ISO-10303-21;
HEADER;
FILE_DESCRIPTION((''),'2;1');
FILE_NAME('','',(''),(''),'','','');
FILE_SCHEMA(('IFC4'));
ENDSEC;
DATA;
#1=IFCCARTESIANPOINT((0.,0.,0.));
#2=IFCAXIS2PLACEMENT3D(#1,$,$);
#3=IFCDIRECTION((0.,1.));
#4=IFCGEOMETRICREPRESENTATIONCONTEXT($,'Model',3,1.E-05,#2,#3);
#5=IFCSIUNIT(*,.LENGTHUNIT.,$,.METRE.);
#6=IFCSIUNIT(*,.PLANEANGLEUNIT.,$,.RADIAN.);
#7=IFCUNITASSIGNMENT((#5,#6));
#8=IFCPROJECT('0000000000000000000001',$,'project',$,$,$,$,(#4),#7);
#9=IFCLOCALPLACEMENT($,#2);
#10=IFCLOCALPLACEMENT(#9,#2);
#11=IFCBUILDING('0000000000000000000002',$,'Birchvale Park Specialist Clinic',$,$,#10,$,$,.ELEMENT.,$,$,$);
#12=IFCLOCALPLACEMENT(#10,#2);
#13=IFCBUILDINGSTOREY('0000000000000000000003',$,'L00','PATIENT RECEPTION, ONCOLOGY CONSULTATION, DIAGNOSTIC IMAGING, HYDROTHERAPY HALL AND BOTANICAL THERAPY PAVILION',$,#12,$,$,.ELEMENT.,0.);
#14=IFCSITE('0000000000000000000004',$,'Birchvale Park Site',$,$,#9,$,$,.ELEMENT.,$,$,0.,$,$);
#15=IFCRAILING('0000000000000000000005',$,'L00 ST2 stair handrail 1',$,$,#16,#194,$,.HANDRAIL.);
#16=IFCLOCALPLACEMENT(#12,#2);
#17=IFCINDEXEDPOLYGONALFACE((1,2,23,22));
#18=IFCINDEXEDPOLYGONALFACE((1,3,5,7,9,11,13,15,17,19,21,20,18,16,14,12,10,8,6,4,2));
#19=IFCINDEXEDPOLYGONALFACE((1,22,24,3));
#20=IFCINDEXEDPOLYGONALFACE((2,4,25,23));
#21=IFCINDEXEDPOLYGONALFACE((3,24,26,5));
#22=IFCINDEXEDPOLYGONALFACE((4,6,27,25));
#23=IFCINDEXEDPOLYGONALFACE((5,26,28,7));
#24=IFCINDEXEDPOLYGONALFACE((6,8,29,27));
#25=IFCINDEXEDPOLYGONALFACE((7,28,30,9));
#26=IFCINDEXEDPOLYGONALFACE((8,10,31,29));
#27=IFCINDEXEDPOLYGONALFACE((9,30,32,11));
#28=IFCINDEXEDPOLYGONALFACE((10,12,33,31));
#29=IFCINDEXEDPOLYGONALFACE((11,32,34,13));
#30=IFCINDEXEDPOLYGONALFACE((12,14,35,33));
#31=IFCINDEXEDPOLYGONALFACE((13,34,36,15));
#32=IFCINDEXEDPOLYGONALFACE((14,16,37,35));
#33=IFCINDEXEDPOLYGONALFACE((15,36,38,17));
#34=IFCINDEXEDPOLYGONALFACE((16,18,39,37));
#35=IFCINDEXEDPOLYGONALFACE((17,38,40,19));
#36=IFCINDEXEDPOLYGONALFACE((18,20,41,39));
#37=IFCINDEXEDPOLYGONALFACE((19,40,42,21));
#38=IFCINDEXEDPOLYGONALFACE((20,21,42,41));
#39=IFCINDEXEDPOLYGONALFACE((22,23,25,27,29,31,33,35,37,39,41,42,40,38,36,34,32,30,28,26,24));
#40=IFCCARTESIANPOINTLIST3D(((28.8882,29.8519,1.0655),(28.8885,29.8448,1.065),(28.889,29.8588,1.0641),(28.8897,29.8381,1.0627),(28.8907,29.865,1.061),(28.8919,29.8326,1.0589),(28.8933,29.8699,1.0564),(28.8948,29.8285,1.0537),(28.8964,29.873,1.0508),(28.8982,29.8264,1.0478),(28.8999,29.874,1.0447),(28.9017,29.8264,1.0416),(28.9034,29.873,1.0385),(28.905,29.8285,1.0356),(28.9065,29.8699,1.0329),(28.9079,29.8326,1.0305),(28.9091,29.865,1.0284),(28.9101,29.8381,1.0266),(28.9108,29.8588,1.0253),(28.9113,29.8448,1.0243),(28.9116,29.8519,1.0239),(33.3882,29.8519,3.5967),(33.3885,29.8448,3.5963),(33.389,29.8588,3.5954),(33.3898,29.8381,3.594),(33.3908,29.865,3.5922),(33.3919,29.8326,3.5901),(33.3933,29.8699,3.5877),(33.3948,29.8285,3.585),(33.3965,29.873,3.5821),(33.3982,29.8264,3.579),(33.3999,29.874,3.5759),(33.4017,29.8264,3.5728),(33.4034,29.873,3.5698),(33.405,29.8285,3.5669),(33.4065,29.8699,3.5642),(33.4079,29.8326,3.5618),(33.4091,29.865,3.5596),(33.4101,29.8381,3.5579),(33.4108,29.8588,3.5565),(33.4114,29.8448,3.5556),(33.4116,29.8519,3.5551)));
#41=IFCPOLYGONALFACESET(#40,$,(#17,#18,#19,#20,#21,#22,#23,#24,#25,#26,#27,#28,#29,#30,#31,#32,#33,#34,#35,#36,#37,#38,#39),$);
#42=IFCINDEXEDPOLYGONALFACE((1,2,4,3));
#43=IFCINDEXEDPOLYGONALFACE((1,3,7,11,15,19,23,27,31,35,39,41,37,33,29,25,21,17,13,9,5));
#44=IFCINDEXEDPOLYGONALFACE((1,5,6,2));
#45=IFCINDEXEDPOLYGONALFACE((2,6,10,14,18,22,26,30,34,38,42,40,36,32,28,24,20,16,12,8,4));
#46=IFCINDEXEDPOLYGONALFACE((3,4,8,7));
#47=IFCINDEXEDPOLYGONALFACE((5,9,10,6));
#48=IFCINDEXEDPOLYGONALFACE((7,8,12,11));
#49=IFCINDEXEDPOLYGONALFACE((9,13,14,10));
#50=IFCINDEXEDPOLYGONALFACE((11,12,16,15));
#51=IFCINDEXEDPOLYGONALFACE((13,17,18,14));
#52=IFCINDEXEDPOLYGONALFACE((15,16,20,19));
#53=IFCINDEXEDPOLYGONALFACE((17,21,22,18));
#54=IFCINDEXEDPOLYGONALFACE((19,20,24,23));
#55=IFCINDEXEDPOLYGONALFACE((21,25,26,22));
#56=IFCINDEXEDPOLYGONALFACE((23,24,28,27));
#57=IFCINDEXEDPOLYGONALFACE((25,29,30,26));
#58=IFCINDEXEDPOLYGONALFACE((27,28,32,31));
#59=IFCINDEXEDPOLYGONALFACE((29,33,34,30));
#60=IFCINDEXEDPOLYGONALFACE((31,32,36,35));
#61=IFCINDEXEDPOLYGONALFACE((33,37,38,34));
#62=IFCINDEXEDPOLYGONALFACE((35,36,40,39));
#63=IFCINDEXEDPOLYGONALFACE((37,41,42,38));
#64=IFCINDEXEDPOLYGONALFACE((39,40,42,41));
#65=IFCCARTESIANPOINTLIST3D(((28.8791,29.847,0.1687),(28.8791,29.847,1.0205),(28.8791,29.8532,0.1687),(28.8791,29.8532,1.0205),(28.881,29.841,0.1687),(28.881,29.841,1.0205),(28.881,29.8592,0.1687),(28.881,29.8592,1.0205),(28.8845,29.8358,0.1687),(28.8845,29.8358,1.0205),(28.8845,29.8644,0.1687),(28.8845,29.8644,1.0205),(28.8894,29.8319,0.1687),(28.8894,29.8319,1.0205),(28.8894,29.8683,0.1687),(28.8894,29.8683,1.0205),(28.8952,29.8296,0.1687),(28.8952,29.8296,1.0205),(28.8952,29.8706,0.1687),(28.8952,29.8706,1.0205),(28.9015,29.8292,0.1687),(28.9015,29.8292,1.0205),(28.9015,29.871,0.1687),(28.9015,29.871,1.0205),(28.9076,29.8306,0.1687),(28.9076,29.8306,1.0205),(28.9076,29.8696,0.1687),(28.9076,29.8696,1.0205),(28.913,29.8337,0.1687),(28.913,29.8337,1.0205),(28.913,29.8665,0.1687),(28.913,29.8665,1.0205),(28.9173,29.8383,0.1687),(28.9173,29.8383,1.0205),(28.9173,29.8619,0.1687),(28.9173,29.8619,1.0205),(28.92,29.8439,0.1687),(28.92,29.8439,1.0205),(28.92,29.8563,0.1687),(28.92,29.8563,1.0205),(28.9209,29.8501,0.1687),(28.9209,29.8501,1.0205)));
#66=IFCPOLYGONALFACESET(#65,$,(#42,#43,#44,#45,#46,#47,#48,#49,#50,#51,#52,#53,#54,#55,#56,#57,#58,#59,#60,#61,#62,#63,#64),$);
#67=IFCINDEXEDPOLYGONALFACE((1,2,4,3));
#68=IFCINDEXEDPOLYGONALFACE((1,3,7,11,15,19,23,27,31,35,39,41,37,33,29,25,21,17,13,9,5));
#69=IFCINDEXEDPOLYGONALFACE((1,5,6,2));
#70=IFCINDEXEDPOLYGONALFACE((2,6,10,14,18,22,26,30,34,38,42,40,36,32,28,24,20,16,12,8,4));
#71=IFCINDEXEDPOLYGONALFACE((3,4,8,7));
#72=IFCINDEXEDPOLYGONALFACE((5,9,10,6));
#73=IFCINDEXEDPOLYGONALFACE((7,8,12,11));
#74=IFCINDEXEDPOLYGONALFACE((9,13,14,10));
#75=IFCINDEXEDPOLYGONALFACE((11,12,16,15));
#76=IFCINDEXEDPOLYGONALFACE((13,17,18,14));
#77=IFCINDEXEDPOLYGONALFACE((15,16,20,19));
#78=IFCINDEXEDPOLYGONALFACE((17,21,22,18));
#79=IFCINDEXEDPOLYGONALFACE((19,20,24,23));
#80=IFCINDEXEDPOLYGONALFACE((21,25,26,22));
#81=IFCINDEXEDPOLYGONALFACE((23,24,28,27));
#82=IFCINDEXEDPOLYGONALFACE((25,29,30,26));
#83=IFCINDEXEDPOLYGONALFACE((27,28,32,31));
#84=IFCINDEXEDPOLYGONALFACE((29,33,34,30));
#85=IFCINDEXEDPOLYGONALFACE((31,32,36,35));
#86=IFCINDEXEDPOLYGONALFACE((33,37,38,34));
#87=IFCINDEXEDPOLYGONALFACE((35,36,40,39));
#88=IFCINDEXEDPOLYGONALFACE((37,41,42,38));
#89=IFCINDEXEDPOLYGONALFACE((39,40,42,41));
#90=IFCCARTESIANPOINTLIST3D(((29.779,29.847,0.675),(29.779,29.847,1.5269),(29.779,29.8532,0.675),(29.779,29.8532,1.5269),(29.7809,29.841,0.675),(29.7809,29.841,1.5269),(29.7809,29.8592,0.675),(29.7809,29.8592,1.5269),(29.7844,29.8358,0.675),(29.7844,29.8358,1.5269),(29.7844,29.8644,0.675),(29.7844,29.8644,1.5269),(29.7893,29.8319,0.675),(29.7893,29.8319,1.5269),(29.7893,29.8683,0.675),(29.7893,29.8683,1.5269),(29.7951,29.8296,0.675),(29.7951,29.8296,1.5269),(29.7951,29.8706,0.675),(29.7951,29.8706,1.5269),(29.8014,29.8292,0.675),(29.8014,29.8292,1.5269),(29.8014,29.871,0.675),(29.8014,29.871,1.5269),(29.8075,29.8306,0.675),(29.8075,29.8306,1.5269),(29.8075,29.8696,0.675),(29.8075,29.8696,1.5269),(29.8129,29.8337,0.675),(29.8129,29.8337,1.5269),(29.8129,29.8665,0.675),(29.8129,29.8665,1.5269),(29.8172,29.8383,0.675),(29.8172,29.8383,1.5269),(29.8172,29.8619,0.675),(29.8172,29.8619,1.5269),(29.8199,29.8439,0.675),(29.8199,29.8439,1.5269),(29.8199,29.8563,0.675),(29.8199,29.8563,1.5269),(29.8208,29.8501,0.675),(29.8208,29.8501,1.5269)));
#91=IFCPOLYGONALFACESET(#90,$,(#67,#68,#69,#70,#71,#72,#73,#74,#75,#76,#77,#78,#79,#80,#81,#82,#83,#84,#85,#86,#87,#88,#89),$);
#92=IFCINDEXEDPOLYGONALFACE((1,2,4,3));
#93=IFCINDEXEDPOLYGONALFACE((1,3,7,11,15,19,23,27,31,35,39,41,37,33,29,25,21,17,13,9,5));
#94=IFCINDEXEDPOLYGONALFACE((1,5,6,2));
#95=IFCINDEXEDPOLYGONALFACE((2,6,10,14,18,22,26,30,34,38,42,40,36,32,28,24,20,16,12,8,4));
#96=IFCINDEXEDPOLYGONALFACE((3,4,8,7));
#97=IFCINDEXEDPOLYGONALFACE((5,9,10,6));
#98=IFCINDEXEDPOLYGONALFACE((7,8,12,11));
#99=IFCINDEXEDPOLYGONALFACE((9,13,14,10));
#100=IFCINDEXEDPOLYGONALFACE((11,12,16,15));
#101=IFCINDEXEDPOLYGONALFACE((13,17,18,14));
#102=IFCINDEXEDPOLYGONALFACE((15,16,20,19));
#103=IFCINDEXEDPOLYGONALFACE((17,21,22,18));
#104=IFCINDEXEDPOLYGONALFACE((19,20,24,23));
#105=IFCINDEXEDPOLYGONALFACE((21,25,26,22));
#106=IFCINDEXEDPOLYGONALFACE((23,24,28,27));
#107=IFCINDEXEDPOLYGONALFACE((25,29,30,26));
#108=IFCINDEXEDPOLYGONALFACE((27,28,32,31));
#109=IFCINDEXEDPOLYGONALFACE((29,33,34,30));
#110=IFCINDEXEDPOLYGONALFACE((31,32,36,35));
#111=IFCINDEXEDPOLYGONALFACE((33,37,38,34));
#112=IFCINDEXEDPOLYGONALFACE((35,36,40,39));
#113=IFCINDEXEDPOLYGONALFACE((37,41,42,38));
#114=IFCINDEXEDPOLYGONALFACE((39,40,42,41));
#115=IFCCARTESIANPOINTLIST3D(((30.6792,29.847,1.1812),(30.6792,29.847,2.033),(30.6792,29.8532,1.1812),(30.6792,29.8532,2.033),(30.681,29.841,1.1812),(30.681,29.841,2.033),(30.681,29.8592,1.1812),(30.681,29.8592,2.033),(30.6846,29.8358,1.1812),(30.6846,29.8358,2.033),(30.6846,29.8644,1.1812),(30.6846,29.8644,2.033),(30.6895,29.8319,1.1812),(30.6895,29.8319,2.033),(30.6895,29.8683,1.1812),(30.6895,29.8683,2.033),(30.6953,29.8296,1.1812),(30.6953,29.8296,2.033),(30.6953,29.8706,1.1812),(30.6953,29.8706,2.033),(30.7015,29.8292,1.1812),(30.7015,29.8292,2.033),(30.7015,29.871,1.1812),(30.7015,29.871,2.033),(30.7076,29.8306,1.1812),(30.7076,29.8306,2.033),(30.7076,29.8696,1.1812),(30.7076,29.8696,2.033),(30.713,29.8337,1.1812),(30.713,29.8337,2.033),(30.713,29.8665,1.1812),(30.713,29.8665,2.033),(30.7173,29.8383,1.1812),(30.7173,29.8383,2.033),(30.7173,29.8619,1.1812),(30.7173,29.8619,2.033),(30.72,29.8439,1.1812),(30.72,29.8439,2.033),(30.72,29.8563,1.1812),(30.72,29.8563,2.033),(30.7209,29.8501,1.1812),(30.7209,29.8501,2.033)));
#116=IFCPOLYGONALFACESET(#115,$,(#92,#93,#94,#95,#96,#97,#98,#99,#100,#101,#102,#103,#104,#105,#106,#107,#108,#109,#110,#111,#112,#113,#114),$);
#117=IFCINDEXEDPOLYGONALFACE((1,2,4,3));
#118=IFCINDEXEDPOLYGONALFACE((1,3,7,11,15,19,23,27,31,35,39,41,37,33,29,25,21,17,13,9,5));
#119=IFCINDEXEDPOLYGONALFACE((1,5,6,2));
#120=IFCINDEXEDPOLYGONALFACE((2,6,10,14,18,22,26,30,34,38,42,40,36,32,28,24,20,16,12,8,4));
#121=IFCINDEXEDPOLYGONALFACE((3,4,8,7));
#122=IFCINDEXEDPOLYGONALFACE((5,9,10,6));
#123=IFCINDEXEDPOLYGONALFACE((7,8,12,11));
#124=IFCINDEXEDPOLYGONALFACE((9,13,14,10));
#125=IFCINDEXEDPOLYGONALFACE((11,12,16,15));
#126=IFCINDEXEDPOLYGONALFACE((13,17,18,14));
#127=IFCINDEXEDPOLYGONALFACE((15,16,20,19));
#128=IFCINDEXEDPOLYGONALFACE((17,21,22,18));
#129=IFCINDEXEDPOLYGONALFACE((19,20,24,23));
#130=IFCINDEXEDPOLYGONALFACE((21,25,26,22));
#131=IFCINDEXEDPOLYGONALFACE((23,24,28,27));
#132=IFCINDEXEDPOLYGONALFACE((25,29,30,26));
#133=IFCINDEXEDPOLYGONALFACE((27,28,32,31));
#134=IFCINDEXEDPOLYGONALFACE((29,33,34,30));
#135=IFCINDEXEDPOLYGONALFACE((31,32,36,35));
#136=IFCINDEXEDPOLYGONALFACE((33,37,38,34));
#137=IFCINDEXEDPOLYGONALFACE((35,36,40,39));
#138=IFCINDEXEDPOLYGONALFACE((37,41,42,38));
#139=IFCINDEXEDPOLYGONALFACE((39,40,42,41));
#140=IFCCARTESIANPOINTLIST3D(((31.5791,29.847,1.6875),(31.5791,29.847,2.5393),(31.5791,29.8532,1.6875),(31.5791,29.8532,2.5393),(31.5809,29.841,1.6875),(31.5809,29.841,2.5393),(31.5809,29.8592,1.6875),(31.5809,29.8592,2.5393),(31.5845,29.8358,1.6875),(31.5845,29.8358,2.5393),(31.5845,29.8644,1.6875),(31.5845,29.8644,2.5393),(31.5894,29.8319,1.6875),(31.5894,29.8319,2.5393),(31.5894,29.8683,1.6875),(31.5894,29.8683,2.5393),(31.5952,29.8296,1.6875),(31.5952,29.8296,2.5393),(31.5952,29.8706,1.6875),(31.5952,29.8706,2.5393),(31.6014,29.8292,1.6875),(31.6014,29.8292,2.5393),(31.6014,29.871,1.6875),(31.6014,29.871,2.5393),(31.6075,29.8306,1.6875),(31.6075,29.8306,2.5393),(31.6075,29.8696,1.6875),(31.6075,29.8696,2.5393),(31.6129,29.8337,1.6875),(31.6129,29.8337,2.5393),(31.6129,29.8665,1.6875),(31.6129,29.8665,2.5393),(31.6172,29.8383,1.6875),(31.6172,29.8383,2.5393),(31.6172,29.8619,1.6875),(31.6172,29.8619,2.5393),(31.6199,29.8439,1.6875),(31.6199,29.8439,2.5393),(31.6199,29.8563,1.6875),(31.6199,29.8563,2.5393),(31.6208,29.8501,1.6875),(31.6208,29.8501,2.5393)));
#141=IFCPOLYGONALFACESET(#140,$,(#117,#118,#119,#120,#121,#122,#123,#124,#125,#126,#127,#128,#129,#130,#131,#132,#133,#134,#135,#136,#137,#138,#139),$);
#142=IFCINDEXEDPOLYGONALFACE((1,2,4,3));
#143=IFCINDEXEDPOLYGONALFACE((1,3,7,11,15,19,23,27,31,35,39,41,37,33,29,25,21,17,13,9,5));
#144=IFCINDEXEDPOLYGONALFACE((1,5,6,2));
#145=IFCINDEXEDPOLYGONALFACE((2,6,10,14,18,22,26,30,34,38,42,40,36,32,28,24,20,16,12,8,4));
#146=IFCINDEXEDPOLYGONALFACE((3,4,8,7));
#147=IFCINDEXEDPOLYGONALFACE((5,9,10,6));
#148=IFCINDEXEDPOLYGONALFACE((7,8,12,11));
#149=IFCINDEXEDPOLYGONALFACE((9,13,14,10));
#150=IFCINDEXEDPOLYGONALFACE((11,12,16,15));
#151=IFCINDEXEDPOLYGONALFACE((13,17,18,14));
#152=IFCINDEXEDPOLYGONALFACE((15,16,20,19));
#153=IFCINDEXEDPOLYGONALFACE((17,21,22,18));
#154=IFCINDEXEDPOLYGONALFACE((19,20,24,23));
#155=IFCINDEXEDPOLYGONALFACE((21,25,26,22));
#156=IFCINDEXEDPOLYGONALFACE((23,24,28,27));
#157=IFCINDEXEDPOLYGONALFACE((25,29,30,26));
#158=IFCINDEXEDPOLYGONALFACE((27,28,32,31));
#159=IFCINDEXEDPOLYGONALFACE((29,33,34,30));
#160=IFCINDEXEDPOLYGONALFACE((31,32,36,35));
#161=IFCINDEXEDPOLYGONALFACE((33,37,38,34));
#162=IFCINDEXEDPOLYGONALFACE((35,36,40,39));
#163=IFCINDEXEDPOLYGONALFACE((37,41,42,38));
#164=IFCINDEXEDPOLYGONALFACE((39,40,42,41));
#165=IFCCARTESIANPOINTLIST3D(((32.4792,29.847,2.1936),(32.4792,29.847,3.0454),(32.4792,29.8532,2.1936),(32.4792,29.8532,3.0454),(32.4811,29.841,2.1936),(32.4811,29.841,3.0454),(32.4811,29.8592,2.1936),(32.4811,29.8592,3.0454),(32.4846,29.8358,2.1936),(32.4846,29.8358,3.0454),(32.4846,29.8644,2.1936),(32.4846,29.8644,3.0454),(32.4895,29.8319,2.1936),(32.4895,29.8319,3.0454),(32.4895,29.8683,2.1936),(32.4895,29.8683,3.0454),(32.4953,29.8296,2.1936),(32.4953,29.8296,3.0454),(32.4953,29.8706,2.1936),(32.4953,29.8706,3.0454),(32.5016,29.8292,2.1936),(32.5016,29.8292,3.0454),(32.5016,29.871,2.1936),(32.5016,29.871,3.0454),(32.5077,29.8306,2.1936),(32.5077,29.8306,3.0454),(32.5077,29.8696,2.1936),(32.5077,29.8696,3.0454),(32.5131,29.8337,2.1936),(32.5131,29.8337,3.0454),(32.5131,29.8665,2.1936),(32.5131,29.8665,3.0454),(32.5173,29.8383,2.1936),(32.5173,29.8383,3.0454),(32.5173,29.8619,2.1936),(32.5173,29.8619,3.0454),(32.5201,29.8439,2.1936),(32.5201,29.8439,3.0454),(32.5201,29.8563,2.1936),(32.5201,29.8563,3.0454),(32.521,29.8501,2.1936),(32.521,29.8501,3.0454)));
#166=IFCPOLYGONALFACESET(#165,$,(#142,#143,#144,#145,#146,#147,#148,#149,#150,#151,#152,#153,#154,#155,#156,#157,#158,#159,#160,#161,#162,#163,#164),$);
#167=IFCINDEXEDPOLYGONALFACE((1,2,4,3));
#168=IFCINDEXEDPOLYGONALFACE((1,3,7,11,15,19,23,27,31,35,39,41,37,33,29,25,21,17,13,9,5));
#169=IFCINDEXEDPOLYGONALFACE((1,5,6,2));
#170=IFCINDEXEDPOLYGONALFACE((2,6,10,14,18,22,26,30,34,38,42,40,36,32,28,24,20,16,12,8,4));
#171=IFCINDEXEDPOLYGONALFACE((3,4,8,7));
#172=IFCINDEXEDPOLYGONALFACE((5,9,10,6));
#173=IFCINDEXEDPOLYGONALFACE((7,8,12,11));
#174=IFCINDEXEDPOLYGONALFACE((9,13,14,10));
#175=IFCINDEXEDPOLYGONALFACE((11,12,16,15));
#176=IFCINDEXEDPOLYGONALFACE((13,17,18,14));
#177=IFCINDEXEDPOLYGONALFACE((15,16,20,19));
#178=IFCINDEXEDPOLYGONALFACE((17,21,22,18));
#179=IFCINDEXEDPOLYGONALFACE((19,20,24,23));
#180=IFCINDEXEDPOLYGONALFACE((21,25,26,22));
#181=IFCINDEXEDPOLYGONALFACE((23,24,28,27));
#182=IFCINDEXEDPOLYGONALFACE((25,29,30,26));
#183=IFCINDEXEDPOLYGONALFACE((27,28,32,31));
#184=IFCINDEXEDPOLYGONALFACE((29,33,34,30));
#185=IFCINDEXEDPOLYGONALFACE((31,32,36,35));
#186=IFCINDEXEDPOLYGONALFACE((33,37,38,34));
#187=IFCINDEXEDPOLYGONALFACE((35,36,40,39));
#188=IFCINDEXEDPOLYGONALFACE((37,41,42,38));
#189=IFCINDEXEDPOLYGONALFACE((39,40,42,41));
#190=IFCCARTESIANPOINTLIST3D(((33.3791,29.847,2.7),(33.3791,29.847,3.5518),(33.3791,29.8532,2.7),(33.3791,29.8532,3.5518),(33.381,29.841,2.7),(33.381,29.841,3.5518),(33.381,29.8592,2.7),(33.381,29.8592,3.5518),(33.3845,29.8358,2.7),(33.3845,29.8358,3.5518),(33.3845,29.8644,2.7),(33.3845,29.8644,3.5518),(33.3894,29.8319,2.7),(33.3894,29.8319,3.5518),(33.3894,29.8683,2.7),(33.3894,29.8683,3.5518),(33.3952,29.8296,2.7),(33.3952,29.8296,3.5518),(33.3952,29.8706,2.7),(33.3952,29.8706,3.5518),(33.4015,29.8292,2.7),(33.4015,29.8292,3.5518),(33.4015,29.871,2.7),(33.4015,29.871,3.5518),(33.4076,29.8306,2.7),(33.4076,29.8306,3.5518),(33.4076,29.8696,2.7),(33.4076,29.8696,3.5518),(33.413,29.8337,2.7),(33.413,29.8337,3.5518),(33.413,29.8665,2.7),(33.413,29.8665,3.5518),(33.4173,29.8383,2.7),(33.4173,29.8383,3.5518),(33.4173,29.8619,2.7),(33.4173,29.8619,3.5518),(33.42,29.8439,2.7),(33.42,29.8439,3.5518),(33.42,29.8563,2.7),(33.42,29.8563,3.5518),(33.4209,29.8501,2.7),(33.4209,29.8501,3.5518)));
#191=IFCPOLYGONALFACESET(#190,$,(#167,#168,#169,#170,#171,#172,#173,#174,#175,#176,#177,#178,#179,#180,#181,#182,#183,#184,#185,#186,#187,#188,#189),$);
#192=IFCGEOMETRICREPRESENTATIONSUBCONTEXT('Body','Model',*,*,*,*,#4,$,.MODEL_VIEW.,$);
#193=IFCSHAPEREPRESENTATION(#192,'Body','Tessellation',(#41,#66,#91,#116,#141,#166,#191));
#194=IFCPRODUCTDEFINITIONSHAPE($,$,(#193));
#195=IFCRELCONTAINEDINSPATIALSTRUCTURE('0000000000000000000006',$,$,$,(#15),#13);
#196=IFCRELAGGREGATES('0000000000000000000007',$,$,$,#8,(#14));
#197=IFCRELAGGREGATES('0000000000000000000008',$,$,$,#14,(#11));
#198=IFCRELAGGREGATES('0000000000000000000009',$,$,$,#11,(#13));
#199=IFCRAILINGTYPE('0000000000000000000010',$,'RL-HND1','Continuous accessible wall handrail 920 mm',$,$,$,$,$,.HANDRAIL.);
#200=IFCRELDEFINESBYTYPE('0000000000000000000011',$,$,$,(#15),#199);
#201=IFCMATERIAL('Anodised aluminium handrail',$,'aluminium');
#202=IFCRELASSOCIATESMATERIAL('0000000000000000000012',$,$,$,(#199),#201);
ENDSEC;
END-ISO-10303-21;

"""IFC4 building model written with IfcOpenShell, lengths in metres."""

from ifc_helpers import new_model, si_unit, direction, frame, origin, origin_2d, place, context, subcontext, project, spatial, circle, extrude, material, type_object, element, save


model = new_model("IFC4")

# Units and contexts
model_context = context("Model", 3, precision=1e-05, world=origin(), true_north=direction((0.0, 1.0)))
body_context = subcontext(model_context, "Body", "Model", "MODEL_VIEW")
ifc_project = project(units=[si_unit("LENGTHUNIT", "METRE"), si_unit("PLANEANGLEUNIT", "RADIAN")], contexts=[model_context])

# Site, building, storey
site_placement = place(None, origin())
site = spatial("IfcSite", under=ifc_project, at=site_placement, Name="Birchvale Park Site", CompositionType="ELEMENT", RefElevation=0.0)
building_placement = place(site_placement, origin())
building = spatial("IfcBuilding", under=site, at=building_placement, Name="Birchvale Park Specialist Clinic", CompositionType="ELEMENT")
storey_placement = place(building_placement, origin())
storey = spatial("IfcBuildingStorey", under=building, at=storey_placement, Name="L00", Description="PATIENT RECEPTION, ONCOLOGY CONSULTATION, DIAGNOSTIC IMAGING, HYDROTHERAPY HALL AND BOTANICAL THERAPY PAVILION", CompositionType="ELEMENT", Elevation=0.0)

# Railing
ifc_material_1 = material(Name="Anodised aluminium handrail", Category="aluminium")
railing_type_1 = type_object("IfcRailingType", Name="RL-HND1", Description="Continuous accessible wall handrail 920 mm", PredefinedType="HANDRAIL", material=ifc_material_1)
railing_1_placement = place(storey_placement, frame((28.8999, 29.8501, 0.1687)))
element("IfcRailing", 1, at=railing_1_placement, inside=storey, type_object=railing_type_1, Name="L00 ST2 stair handrail 1", PredefinedType="HANDRAIL", context=body_context, shape_type="SweptSolid", body=[
    extrude(circle(Radius=0.0239, at=origin_2d()), frame((0.0, 0.0, 0.876), z_axis=(0.871576, 0.0, 0.490261), x_axis=(0.0, 1.0, 0.0)), (0.0, 0.0, 1.0), 5.1631),
    extrude(circle(Radius=0.021, at=origin_2d()), origin(), (0.0, 0.0, 1.0), 0.8518),
    extrude(circle(Radius=0.021, at=origin_2d()), frame((0.8999, 0.0, 0.5063)), (0.0, 0.0, 1.0), 0.8518),
    extrude(circle(Radius=0.021, at=origin_2d()), frame((1.8, 0.0, 1.0125)), (0.0, 0.0, 1.0), 0.8518),
    extrude(circle(Radius=0.021, at=origin_2d()), frame((2.7, 0.0, 1.5188)), (0.0, 0.0, 1.0), 0.8518),
    extrude(circle(Radius=0.021, at=origin_2d()), frame((3.6001, 0.0, 2.0249)), (0.0, 0.0, 1.0), 0.8518),
    extrude(circle(Radius=0.021, at=origin_2d()), frame((4.5, 0.0, 2.5312)), (0.0, 0.0, 1.0), 0.8518),
])

save(model, "model.ifc")
